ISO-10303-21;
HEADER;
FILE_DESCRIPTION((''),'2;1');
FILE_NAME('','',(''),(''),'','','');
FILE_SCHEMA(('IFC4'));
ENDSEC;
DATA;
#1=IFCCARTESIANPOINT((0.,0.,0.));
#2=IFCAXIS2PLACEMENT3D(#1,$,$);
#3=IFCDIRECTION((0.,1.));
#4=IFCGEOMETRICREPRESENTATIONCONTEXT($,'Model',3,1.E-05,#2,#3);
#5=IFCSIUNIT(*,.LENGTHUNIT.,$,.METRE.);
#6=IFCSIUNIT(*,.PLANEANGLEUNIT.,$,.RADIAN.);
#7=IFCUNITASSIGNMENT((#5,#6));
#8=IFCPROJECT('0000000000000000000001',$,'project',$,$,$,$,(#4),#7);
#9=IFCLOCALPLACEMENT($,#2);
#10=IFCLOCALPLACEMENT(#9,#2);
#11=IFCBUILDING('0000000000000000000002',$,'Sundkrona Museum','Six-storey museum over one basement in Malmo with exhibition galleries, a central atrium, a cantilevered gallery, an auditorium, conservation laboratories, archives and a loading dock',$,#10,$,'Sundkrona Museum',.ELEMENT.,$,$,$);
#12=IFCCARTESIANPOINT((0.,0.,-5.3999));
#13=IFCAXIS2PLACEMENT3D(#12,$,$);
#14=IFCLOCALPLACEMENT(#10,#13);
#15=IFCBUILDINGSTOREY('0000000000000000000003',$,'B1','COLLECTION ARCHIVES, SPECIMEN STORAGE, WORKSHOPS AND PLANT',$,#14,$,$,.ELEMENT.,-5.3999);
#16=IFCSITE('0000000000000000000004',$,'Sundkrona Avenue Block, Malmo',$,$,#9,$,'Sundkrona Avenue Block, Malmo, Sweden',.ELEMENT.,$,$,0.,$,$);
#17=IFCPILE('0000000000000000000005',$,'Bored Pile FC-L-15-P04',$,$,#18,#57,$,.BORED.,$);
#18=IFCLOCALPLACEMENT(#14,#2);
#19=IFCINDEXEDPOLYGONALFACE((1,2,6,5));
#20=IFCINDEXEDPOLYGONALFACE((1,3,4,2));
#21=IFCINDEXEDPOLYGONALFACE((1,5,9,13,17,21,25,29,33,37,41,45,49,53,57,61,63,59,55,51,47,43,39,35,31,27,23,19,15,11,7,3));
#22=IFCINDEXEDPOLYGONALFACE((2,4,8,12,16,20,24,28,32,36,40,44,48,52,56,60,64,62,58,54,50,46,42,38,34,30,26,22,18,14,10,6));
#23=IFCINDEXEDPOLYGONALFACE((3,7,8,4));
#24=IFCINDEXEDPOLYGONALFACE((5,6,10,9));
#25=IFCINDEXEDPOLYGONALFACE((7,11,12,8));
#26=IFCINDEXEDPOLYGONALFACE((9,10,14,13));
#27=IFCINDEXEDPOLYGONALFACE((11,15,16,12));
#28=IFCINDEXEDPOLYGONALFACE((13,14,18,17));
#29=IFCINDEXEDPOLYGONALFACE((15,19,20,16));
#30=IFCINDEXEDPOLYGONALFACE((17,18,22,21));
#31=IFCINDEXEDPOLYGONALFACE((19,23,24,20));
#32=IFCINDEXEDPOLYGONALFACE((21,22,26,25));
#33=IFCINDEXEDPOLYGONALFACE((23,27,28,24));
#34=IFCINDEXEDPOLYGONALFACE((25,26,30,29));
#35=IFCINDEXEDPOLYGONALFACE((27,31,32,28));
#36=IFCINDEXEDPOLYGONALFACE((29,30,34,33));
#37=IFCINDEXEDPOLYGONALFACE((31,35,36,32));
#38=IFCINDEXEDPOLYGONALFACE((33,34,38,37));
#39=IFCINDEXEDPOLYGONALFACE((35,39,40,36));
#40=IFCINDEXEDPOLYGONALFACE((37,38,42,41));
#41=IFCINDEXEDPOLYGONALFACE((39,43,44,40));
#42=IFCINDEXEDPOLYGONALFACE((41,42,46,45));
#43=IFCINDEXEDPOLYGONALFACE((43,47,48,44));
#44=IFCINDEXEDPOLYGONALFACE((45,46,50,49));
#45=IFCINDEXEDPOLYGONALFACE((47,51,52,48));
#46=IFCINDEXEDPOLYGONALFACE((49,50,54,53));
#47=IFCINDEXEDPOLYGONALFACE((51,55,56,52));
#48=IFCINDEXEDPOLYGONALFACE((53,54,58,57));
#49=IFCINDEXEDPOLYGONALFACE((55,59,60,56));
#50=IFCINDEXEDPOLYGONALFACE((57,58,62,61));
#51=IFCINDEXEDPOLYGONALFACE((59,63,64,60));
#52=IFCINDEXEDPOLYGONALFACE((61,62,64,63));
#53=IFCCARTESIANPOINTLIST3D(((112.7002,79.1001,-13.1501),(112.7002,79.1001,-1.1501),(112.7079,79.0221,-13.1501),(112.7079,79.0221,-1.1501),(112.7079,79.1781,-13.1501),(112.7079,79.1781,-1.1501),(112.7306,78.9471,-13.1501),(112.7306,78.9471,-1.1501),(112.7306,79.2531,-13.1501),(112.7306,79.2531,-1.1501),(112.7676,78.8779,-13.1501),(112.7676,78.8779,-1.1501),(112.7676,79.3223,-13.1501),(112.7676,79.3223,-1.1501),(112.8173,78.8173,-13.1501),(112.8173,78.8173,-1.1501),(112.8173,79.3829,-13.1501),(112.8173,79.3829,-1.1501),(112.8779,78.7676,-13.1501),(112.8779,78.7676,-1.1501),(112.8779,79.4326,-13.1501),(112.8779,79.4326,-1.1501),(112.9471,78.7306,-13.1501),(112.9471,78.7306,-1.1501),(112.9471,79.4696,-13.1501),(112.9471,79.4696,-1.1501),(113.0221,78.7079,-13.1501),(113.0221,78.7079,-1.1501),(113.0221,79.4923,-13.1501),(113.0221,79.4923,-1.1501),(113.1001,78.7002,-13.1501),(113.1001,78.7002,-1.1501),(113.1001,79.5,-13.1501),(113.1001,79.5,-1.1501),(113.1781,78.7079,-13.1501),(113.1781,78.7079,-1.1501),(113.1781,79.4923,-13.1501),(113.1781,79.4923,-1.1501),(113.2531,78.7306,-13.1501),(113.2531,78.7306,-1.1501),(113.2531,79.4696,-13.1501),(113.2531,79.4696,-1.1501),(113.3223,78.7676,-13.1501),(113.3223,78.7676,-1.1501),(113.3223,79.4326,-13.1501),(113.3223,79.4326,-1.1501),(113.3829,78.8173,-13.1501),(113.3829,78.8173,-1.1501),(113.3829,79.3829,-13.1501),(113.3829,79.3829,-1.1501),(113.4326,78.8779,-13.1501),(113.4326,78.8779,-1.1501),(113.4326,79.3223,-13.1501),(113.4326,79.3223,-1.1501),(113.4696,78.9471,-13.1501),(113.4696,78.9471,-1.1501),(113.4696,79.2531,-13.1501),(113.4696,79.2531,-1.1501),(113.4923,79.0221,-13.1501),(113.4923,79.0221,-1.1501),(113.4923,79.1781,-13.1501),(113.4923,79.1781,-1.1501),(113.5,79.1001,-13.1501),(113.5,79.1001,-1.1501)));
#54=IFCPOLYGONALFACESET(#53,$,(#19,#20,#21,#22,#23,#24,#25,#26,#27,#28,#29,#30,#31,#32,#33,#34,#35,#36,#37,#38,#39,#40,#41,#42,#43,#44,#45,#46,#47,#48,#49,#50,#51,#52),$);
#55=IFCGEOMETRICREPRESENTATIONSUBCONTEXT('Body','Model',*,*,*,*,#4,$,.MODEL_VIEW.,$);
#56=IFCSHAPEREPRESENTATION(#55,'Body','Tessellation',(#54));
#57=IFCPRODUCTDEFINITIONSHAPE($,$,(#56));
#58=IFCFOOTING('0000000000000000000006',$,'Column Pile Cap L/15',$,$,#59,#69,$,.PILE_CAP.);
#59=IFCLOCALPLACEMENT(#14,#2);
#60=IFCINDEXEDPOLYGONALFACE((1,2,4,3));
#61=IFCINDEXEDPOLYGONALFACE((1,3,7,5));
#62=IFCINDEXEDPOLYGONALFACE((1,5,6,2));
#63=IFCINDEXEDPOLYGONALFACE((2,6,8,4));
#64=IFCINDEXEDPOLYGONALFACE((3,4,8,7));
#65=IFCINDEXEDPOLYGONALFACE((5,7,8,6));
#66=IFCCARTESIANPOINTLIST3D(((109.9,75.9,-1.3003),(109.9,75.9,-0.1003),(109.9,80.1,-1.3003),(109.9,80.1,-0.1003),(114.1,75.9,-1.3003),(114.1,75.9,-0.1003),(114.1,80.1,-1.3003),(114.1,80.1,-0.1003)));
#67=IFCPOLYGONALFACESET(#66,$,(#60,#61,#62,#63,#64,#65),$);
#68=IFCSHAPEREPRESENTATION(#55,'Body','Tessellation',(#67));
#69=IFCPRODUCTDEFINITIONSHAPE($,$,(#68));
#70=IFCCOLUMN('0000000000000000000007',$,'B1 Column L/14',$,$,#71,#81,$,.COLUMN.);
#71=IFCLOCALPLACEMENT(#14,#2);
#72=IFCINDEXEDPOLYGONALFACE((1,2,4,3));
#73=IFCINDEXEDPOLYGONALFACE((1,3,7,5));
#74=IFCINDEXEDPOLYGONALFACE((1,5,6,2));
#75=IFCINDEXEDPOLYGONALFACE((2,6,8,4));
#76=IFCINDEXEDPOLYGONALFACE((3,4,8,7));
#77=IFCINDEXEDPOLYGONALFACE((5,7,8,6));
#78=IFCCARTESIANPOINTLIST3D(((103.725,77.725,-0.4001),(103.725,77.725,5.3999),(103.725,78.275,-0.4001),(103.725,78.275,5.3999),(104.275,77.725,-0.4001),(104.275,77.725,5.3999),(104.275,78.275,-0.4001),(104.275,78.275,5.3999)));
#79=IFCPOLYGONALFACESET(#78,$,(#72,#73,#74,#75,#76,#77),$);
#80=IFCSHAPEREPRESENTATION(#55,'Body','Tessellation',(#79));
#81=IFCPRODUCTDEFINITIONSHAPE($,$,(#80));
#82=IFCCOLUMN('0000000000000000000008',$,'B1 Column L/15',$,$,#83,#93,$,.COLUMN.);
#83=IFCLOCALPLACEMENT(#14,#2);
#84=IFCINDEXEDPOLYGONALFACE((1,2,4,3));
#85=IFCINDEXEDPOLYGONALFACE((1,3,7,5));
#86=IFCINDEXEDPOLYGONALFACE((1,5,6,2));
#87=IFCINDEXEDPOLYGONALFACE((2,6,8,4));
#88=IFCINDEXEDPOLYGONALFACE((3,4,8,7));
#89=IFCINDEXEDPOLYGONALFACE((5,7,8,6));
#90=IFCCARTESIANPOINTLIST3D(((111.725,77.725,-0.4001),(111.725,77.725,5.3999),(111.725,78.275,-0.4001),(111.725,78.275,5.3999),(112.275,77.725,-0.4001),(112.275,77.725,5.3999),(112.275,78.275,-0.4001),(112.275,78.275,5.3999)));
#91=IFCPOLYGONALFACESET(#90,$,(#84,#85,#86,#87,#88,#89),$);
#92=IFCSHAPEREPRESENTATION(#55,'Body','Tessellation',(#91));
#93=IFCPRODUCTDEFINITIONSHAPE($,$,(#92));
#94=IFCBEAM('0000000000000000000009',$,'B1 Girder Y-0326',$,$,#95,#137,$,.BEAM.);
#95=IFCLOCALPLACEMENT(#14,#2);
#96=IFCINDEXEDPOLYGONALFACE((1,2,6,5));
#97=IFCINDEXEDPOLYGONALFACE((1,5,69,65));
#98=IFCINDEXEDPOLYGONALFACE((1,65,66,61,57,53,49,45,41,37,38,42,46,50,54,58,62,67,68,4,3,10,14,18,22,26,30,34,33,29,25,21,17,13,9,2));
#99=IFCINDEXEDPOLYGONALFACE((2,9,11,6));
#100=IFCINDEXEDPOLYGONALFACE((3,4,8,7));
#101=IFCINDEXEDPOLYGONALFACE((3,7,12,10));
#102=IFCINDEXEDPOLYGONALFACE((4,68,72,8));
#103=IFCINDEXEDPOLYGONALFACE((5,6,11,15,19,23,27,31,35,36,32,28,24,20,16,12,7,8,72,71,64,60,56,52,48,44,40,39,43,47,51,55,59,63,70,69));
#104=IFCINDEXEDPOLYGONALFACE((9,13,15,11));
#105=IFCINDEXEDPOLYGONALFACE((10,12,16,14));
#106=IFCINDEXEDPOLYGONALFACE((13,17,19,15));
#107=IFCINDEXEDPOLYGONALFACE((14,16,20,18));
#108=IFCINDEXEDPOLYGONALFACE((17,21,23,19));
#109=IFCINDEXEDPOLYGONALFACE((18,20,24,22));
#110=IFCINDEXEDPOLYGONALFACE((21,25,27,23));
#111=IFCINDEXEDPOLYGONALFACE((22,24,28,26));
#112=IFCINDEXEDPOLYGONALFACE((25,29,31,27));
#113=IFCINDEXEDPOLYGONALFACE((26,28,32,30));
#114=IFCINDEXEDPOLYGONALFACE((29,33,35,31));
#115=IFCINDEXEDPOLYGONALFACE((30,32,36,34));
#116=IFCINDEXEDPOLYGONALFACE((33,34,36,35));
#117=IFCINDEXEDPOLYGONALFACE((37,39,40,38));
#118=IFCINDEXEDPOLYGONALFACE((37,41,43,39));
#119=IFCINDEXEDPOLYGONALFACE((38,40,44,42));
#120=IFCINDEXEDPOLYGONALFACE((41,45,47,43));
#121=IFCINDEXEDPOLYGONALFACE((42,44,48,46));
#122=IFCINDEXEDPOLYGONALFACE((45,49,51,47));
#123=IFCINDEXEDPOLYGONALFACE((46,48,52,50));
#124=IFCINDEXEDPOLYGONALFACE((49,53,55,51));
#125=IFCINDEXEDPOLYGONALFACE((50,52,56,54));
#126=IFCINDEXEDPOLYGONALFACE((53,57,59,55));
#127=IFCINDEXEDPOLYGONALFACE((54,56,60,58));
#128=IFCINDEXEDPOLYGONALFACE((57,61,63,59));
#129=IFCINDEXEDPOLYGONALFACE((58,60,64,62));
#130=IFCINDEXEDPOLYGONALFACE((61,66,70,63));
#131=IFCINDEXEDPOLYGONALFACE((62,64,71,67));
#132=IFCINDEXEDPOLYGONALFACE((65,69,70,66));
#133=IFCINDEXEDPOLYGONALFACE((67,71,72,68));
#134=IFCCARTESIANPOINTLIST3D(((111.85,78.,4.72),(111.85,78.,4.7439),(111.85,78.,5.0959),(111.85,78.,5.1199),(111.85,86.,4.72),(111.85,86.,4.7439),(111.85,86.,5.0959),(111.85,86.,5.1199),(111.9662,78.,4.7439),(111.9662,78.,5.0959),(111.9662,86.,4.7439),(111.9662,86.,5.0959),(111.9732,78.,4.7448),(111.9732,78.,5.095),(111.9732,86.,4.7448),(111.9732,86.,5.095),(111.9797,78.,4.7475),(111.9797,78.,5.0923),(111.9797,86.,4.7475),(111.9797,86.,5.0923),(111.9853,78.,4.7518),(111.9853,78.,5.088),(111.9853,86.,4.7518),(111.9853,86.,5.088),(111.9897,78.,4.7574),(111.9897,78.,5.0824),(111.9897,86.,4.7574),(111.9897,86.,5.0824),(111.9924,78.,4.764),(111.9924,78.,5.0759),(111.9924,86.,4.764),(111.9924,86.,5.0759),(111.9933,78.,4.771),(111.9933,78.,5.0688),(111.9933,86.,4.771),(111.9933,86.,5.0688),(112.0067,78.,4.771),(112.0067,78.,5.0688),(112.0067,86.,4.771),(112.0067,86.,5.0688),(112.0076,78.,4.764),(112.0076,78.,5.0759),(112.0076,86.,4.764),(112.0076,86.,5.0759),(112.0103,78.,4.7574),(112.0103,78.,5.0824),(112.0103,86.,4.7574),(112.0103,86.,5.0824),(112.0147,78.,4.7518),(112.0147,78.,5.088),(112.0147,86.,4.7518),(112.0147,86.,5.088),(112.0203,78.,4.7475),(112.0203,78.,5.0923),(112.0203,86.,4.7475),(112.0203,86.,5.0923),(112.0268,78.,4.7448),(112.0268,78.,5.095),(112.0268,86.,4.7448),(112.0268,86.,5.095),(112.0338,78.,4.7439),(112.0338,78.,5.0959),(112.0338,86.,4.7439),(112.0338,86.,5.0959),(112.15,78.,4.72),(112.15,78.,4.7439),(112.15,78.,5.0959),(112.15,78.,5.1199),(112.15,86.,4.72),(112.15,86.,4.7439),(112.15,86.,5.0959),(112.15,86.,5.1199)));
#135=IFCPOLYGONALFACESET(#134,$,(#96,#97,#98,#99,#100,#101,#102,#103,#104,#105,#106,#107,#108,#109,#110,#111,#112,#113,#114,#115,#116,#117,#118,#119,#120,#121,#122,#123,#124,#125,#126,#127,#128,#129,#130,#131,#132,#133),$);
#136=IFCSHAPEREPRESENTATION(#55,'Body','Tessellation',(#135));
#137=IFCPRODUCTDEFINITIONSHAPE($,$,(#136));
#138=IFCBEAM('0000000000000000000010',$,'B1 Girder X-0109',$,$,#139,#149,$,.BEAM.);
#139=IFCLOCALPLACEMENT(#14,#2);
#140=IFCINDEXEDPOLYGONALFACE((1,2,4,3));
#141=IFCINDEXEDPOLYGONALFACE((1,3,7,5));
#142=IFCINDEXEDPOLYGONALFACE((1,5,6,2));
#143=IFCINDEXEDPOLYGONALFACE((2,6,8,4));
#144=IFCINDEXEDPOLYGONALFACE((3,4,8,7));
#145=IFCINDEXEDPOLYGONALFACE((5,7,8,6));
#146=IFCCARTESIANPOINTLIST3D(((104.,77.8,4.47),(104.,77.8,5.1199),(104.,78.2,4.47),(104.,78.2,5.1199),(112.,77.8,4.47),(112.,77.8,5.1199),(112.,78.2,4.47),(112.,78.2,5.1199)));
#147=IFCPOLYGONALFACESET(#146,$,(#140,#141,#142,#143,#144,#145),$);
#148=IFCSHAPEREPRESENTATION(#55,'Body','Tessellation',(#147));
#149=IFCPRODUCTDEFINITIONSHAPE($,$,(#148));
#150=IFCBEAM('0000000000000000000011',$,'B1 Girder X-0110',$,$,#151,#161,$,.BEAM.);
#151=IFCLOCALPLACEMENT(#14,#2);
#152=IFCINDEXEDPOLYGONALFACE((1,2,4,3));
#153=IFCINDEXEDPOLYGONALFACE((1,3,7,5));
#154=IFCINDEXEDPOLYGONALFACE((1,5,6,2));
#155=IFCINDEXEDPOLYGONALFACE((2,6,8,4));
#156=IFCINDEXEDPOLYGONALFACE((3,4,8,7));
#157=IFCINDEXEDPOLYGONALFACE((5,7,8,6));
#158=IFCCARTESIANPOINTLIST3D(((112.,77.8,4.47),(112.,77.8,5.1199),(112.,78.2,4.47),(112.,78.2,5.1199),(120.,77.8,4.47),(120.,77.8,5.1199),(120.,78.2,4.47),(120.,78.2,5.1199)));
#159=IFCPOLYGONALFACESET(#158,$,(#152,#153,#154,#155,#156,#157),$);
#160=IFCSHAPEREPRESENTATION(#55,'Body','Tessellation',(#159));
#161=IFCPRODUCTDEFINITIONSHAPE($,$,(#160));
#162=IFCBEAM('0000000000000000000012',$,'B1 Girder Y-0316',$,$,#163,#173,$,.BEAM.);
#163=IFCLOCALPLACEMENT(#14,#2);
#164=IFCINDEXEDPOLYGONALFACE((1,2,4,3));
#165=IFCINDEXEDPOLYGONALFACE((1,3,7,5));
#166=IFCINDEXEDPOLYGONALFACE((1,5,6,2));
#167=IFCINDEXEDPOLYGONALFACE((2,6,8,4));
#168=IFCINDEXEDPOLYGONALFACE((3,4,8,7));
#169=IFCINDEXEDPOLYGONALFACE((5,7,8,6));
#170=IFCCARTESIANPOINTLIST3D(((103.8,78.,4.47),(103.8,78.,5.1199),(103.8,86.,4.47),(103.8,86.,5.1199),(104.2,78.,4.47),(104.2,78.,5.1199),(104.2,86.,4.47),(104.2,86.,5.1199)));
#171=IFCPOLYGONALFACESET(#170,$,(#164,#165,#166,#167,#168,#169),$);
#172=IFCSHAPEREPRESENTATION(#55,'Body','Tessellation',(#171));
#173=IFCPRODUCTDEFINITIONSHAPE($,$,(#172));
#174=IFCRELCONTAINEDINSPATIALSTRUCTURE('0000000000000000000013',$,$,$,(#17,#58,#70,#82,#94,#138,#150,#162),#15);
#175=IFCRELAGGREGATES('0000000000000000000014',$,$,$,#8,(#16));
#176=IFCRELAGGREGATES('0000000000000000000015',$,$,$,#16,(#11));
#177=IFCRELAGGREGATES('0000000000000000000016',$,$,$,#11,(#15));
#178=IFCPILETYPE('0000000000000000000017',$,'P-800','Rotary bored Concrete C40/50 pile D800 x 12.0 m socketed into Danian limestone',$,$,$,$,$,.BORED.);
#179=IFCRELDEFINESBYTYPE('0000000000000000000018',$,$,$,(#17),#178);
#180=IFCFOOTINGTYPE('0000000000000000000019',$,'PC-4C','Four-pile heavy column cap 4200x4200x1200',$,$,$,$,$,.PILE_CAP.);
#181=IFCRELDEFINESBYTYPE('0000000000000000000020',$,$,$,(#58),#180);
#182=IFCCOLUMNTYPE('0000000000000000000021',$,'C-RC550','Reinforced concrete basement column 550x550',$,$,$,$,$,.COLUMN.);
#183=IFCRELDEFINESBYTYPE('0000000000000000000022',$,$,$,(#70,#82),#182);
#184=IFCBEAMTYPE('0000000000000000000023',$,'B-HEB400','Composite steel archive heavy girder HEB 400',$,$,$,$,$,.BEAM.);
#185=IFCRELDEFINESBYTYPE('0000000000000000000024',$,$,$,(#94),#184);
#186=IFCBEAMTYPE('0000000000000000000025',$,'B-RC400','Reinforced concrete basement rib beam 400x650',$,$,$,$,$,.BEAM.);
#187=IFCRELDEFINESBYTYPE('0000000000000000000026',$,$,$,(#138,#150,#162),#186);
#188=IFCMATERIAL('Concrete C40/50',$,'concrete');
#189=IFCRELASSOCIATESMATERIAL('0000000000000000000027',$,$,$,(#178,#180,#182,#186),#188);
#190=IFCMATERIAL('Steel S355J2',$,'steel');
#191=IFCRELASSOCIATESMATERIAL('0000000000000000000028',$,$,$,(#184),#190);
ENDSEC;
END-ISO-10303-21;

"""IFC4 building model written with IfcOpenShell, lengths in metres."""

from ifc_helpers import new_model, si_unit, direction, frame, origin, origin_2d, place, context, subcontext, project, spatial, rectangle, circle, i_section, extrude, material, material_profile, profile_set, type_object, element, save


model = new_model("IFC4")

# Units and contexts
model_context = context("Model", 3, precision=1e-05, world=origin(), true_north=direction((0.0, 1.0)))
body_context = subcontext(model_context, "Body", "Model", "MODEL_VIEW")
ifc_project = project(units=[si_unit("LENGTHUNIT", "METRE"), si_unit("PLANEANGLEUNIT", "RADIAN")], contexts=[model_context])

# Site, building, storey
site_placement = place(None, origin())
site = spatial("IfcSite", under=ifc_project, at=site_placement, Name="Sundkrona Avenue Block, Malmo", LongName="Sundkrona Avenue Block, Malmo, Sweden", CompositionType="ELEMENT", RefElevation=0.0)
building_placement = place(site_placement, origin())
building = spatial("IfcBuilding", under=site, at=building_placement, Name="Sundkrona Museum", Description="Six-storey museum over one basement in Malmo with exhibition galleries, a central atrium, a cantilevered gallery, an auditorium, conservation laboratories, archives and a loading dock", LongName="Sundkrona Museum", CompositionType="ELEMENT")
storey_placement = place(building_placement, frame((0.0, 0.0, -5.3999)))
storey = spatial("IfcBuildingStorey", under=building, at=storey_placement, Name="B1", Description="COLLECTION ARCHIVES, SPECIMEN STORAGE, WORKSHOPS AND PLANT", CompositionType="ELEMENT", Elevation=-5.3999)

# Shared definitions
ifc_material_1 = material(Name="Concrete C40/50", Category="concrete")

# Pile
ifc_material_profile_1 = material_profile(ifc_material_1, circle(Radius=0.3999, at=origin_2d()), Name="PILE D800")
ifc_profile_set_1 = profile_set([ifc_material_profile_1], Name="Concrete C40/50")
pile_type = type_object("IfcPileType", Name="P-800", Description="Rotary bored Concrete C40/50 pile D800 x 12.0 m socketed into Danian limestone", PredefinedType="BORED", material=ifc_profile_set_1)
for number, where, z_axis, x_axis, name in (
    (1, (113.1001, 79.1001, -1.1501), (0.0, 0.0, -1.0), (1.0, 0.0, 0.0), "Bored Pile FC-L-15-P04"),
):
    element("IfcPile", number, at=place(storey_placement, frame(where, z_axis=z_axis, x_axis=x_axis)), inside=storey, type_object=pile_type, Name=name, PredefinedType="BORED", context=body_context, shape_type="SweptSolid", body=[
        extrude(circle(Radius=0.3999, at=origin_2d()), origin(), (0.0, 0.0, 1.0), 12.0),
    ])

# Footing
footing_type_1 = type_object("IfcFootingType", Name="PC-4C", Description="Four-pile heavy column cap 4200x4200x1200", PredefinedType="PILE_CAP", material=ifc_material_1)
footing_1_placement = place(storey_placement, frame((112.0, 78.0, -1.3003), z_axis=(0.0, 0.0, 1.0), x_axis=(1.0, 0.0, 0.0)))
element("IfcFooting", 2, at=footing_1_placement, inside=storey, type_object=footing_type_1, Name="Column Pile Cap L/15", PredefinedType="PILE_CAP", context=body_context, shape_type="SweptSolid", body=[
    extrude(rectangle(XDim=4.2, YDim=4.2, at=origin_2d()), origin(), (0.0, 0.0, 1.0), 1.2),
])

# Columns
ifc_material_profile_2 = material_profile(ifc_material_1, rectangle(XDim=0.55, YDim=0.55, at=origin_2d()), Name="RC 550x550")
ifc_profile_set_2 = profile_set([ifc_material_profile_2], Name="Concrete C40/50")
column_type = type_object("IfcColumnType", Name="C-RC550", Description="Reinforced concrete basement column 550x550", PredefinedType="COLUMN", material=ifc_profile_set_2)
for number, where, z_axis, x_axis, name in (
    (3, (104.0, 78.0, -0.4001), (0.0, 0.0, 1.0), (1.0, 0.0, 0.0), "B1 Column L/14"),
    (4, (112.0, 78.0, -0.4001), (0.0, 0.0, 1.0), (1.0, 0.0, 0.0), "B1 Column L/15"),
):
    element("IfcColumn", number, at=place(storey_placement, frame(where, z_axis=z_axis, x_axis=x_axis)), inside=storey, type_object=column_type, Name=name, PredefinedType="COLUMN", context=body_context, shape_type="SweptSolid", body=[
        extrude(rectangle(XDim=0.55, YDim=0.55, at=origin_2d()), origin(), (0.0, 0.0, 1.0), 5.8),
    ])

# Beams
ifc_material_2 = material(Name="Steel S355J2", Category="steel")
ifc_material_profile_3 = material_profile(ifc_material_2, i_section(OverallWidth=0.3, OverallDepth=0.3999, WebThickness=0.0134, FlangeThickness=0.0239, FilletRadius=0.0271, at=origin_2d()), Name="HEB 400")
ifc_profile_set_3 = profile_set([ifc_material_profile_3], Name="Steel S355J2")
beam_type_1 = type_object("IfcBeamType", Name="B-HEB400", Description="Composite steel archive heavy girder HEB 400", PredefinedType="BEAM", material=ifc_profile_set_3)
beam_1_placement = place(storey_placement, frame((112.0, 78.0, 4.9199), z_axis=(0.0, 1.0, 0.0), x_axis=(-1.0, 0.0, 0.0)))
element("IfcBeam", 5, at=beam_1_placement, inside=storey, type_object=beam_type_1, Name="B1 Girder Y-0326", PredefinedType="BEAM", context=body_context, shape_type="SweptSolid", body=[
    extrude(i_section(OverallWidth=0.3, OverallDepth=0.3999, WebThickness=0.0134, FlangeThickness=0.0239, FilletRadius=0.0271, at=origin_2d()), origin(), (0.0, 0.0, 1.0), 8.0),
])
ifc_material_profile_4 = material_profile(ifc_material_1, rectangle(XDim=0.3999, YDim=0.6499, at=origin_2d()), Name="RCB 400x650")
ifc_profile_set_4 = profile_set([ifc_material_profile_4], Name="Concrete C40/50")
beam_type_2 = type_object("IfcBeamType", Name="B-RC400", Description="Reinforced concrete basement rib beam 400x650", PredefinedType="BEAM", material=ifc_profile_set_4)
for number, where, z_axis, x_axis, name in (
    (6, (104.0, 78.0, 4.7949), (1.0, 0.0, 0.0), (0.0, 1.0, 0.0), "B1 Girder X-0109"),
    (7, (112.0, 78.0, 4.7949), (1.0, 0.0, 0.0), (0.0, 1.0, 0.0), "B1 Girder X-0110"),
    (8, (104.0, 78.0, 4.7949), (0.0, 1.0, 0.0), (-1.0, 0.0, 0.0), "B1 Girder Y-0316"),
):
    element("IfcBeam", number, at=place(storey_placement, frame(where, z_axis=z_axis, x_axis=x_axis)), inside=storey, type_object=beam_type_2, Name=name, PredefinedType="BEAM", context=body_context, shape_type="SweptSolid", body=[
        extrude(rectangle(XDim=0.3999, YDim=0.6499, at=origin_2d()), origin(), (0.0, 0.0, 1.0), 8.0),
    ])

save(model, "model.ifc")
